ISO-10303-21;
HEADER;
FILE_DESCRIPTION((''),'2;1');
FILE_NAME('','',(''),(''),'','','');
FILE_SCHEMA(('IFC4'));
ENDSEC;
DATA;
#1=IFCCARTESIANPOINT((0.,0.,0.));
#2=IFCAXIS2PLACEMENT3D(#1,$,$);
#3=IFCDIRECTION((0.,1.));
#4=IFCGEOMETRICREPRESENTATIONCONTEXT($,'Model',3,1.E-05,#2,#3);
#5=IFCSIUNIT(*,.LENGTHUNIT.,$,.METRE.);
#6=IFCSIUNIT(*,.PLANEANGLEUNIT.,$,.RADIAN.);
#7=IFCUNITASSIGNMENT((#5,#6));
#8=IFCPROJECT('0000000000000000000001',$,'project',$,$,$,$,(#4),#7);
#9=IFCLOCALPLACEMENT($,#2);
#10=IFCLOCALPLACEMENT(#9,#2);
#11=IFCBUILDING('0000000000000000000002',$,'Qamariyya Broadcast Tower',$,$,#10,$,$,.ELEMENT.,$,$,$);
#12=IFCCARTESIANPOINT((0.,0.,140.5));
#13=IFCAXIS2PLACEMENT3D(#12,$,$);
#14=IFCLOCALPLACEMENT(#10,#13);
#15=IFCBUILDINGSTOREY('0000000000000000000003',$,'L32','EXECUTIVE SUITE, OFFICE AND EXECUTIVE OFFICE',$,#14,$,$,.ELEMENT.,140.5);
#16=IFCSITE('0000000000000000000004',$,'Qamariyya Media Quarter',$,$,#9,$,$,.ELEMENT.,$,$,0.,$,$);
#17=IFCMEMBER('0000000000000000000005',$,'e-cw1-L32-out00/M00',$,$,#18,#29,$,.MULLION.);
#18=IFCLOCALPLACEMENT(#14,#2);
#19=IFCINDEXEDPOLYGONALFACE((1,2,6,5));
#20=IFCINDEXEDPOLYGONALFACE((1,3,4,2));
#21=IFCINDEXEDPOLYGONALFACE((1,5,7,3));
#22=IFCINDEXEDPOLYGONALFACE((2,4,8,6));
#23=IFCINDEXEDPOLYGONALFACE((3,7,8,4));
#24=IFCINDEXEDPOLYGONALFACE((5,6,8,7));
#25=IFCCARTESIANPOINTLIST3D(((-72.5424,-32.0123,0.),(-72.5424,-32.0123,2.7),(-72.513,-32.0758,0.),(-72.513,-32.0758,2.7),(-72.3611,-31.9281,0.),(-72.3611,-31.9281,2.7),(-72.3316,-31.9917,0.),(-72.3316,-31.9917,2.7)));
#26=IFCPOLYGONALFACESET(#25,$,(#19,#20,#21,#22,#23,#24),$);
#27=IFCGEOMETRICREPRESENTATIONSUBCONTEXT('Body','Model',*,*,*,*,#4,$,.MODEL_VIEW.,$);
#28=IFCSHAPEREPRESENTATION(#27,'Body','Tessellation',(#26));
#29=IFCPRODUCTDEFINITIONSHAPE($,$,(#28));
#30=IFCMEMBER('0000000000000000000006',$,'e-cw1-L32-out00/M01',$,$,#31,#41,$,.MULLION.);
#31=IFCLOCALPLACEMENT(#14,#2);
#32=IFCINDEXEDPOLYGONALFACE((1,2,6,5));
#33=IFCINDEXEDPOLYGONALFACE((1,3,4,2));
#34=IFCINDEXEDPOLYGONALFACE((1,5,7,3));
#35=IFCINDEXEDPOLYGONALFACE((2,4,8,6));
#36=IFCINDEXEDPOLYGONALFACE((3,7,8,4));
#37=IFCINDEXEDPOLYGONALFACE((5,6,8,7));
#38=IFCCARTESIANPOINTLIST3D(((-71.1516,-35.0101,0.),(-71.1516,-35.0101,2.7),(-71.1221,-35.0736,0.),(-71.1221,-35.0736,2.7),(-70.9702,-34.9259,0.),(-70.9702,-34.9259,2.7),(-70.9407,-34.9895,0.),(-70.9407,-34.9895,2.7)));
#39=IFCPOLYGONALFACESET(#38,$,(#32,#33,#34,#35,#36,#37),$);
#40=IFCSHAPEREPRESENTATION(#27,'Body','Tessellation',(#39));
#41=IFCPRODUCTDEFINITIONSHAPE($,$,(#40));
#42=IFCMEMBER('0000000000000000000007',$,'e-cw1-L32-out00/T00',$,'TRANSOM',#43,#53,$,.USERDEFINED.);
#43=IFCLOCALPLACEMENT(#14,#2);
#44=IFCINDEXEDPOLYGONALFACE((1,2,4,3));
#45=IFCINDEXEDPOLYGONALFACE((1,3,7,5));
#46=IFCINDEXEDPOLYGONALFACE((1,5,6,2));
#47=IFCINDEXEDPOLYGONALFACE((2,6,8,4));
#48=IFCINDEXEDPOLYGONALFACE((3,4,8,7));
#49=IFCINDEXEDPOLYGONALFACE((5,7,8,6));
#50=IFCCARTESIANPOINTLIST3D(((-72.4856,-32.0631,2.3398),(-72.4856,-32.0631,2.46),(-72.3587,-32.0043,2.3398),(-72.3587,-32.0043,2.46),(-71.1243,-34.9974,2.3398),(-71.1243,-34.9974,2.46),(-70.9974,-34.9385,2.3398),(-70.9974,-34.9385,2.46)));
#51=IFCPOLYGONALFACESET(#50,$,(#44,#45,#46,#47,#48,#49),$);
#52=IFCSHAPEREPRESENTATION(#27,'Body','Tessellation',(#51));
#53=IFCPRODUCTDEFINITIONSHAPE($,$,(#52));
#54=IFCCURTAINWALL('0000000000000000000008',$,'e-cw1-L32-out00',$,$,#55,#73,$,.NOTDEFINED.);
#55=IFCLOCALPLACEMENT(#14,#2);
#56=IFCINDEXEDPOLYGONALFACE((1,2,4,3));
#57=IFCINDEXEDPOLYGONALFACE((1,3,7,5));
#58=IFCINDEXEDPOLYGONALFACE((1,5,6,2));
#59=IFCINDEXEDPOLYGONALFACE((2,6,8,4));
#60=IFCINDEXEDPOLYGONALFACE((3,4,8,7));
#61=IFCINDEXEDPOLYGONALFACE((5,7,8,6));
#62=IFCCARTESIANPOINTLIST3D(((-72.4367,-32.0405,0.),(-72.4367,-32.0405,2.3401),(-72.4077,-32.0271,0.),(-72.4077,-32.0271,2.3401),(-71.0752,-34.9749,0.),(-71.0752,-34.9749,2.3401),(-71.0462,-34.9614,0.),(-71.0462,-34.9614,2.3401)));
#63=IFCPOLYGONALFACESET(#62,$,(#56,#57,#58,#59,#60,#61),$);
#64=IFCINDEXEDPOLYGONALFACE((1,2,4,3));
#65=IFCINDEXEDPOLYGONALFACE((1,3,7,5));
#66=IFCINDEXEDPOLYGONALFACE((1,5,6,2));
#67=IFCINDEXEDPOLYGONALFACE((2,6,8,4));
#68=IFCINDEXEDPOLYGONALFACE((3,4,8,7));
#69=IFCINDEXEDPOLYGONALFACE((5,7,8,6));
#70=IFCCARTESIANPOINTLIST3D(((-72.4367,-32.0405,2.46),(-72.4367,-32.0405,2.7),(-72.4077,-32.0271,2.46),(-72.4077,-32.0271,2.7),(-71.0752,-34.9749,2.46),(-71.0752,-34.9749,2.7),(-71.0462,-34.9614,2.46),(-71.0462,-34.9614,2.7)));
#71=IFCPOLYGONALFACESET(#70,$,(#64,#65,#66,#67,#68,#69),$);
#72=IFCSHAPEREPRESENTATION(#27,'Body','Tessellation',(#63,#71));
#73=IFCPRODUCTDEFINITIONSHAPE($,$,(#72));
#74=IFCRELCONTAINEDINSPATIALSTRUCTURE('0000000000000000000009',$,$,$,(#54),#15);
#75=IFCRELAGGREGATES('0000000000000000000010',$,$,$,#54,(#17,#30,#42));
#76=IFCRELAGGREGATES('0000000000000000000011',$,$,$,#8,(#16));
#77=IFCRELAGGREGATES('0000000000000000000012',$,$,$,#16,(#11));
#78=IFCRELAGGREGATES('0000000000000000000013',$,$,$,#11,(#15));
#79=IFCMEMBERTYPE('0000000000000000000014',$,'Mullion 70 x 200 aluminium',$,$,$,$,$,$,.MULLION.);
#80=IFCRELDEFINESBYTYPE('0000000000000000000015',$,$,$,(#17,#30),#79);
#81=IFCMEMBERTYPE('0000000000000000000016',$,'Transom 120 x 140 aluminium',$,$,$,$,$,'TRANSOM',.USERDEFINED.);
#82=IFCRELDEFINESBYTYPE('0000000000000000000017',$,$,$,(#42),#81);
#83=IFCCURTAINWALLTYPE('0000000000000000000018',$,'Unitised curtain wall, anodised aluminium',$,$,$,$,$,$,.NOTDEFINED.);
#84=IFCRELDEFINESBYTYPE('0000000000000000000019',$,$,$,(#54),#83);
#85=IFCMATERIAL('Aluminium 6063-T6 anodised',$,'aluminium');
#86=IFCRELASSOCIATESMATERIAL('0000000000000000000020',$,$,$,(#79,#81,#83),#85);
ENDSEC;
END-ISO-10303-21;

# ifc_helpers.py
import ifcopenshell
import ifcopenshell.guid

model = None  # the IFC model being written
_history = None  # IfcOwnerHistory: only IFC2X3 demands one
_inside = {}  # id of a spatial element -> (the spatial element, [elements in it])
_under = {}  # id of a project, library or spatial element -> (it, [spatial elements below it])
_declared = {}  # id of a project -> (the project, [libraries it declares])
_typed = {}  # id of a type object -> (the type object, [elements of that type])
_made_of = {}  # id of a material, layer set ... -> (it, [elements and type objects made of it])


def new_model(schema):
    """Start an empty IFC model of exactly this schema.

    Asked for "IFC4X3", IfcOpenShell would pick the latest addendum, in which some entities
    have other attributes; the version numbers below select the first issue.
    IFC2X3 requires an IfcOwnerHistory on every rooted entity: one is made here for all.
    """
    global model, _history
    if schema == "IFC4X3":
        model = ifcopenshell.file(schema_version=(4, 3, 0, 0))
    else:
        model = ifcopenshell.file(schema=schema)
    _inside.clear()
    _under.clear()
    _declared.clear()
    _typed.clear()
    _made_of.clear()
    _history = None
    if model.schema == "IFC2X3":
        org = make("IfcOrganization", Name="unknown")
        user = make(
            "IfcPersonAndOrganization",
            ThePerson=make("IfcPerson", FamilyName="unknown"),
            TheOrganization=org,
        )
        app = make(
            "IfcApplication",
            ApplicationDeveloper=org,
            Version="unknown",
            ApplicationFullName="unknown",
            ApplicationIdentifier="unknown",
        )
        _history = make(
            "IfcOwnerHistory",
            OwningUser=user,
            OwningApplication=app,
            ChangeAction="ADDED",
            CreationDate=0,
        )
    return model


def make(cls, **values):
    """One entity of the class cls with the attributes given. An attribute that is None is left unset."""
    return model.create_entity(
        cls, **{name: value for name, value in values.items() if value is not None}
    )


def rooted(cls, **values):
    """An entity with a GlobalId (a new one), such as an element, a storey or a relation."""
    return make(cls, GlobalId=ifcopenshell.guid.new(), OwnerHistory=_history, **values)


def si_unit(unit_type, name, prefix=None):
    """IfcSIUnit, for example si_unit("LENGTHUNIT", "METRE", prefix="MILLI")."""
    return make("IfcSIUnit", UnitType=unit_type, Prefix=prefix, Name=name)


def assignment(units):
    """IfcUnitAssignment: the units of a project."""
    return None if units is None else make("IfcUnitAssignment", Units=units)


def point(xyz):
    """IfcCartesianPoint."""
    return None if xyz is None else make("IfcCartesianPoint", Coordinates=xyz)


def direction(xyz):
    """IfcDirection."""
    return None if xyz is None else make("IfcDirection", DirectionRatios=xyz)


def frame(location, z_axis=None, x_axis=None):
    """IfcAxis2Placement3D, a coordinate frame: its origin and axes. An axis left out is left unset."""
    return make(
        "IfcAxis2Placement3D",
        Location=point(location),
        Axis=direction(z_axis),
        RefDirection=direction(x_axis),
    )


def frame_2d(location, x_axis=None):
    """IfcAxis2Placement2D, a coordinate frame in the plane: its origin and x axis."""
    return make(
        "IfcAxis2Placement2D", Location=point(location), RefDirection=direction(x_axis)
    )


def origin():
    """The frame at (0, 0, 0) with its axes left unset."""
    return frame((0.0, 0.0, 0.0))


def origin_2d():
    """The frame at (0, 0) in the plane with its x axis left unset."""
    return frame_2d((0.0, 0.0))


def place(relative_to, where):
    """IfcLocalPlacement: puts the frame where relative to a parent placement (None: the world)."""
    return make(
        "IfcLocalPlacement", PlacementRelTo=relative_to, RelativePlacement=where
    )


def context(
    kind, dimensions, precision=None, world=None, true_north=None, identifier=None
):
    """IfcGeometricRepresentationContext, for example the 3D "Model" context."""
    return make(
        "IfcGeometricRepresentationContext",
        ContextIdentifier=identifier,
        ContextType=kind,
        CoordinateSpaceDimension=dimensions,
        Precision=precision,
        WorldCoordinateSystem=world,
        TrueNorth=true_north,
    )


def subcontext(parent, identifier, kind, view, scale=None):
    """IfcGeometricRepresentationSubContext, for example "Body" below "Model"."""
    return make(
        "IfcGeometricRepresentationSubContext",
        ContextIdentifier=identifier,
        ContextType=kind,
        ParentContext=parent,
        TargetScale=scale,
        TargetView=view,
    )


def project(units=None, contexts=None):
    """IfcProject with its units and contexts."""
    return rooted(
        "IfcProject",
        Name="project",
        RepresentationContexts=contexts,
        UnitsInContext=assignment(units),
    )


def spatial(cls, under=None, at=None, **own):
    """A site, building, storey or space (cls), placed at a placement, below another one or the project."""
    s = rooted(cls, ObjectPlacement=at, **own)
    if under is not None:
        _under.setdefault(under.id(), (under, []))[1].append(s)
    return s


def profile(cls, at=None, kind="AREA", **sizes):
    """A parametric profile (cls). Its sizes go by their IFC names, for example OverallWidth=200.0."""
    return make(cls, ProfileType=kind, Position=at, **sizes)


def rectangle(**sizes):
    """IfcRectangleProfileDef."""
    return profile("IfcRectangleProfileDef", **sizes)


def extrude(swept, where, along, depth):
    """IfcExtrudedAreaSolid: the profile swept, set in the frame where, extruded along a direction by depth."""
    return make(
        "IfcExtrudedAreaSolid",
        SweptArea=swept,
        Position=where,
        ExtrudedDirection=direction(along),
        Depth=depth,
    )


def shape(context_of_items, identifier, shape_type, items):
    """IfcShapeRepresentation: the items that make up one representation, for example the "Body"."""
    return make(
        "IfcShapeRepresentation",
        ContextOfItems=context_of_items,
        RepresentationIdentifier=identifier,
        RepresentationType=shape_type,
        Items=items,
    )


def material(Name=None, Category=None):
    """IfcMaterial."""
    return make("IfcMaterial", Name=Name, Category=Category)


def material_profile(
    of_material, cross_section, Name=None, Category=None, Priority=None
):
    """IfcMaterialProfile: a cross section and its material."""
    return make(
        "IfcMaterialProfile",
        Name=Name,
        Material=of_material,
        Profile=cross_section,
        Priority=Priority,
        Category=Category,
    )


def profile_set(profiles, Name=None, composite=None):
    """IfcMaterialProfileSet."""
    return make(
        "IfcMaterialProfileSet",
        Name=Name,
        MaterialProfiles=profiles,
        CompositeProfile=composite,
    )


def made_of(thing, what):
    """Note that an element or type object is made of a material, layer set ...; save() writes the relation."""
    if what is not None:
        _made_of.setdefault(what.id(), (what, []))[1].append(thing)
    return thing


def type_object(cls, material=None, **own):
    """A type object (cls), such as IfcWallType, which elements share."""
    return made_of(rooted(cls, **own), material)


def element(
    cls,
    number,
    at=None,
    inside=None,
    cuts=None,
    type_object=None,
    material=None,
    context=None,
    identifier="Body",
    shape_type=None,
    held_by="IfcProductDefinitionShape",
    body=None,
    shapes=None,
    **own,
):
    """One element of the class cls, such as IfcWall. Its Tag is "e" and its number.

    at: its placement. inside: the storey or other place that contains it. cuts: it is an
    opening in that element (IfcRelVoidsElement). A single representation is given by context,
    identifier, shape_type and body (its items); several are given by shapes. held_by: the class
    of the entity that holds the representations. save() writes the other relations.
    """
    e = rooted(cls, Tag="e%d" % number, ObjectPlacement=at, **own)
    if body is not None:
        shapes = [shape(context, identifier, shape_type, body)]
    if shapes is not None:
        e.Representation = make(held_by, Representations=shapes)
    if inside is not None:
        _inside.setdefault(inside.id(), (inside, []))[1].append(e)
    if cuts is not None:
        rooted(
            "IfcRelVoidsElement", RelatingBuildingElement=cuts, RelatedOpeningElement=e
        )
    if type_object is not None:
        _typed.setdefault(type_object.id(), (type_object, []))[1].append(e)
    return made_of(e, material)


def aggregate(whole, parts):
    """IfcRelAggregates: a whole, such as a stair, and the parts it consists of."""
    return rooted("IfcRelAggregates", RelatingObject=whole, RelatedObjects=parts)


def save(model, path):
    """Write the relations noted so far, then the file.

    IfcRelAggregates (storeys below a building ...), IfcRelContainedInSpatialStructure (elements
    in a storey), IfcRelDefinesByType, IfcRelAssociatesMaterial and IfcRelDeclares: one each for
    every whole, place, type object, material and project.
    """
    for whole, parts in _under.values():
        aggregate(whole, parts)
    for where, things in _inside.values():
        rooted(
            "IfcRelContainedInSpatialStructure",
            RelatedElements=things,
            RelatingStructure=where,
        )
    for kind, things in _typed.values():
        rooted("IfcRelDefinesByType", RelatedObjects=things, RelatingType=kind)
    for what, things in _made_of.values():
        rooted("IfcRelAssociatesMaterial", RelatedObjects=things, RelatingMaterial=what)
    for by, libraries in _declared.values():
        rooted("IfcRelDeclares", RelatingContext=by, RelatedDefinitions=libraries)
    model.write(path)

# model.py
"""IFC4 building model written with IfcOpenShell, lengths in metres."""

from ifc_helpers import new_model, si_unit, direction, frame, origin, origin_2d, place, context, subcontext, project, spatial, rectangle, extrude, material, material_profile, profile_set, type_object, element, aggregate, save


model = new_model("IFC4")

# Units and contexts
model_context = context("Model", 3, precision=1e-05, world=origin(), true_north=direction((0.0, 1.0)))
body_context = subcontext(model_context, "Body", "Model", "MODEL_VIEW")
ifc_project = project(units=[si_unit("LENGTHUNIT", "METRE"), si_unit("PLANEANGLEUNIT", "RADIAN")], contexts=[model_context])

# Members
ifc_material = material(Name="Aluminium 6063-T6 anodised", Category="aluminium")
ifc_material_profile_1 = material_profile(ifc_material, rectangle(XDim=0.2, YDim=0.0701, at=origin_2d()))
ifc_profile_set_1 = profile_set([ifc_material_profile_1], Name="Aluminium 6063-T6 anodised")
member_type_1 = type_object("IfcMemberType", Name="Mullion 70 x 200 aluminium", PredefinedType="MULLION", material=ifc_profile_set_1)
site_placement = place(None, origin())
building_placement = place(site_placement, origin())
storey_placement = place(building_placement, frame((0.0, 0.0, 140.5)))
member_1_placement = place(storey_placement, frame((-72.437, -32.002, 0.0), z_axis=(0.0, 0.0, 1.0), x_axis=(0.907105, 0.420904, 0.0)))
member_1 = element("IfcMember", 1, at=member_1_placement, type_object=member_type_1, Name="e-cw1-L32-out00/M00", PredefinedType="MULLION", context=body_context, shape_type="SweptSolid", body=[
    extrude(rectangle(XDim=0.2, YDim=0.0701, at=origin_2d()), origin(), (0.0, 0.0, 1.0), 2.7),
])
member_2_placement = place(storey_placement, frame((-71.0461, -34.9998, 0.0), z_axis=(0.0, 0.0, 1.0), x_axis=(0.907105, 0.420904, 0.0)))
member_2 = element("IfcMember", 2, at=member_2_placement, type_object=member_type_1, Name="e-cw1-L32-out00/M01", PredefinedType="MULLION", context=body_context, shape_type="SweptSolid", body=[
    extrude(rectangle(XDim=0.2, YDim=0.0701, at=origin_2d()), origin(), (0.0, 0.0, 1.0), 2.7),
])
ifc_material_profile_2 = material_profile(ifc_material, rectangle(XDim=0.1399, YDim=0.1201, at=origin_2d()))
ifc_profile_set_2 = profile_set([ifc_material_profile_2], Name="Aluminium 6063-T6 anodised")
member_type_2 = type_object("IfcMemberType", Name="Transom 120 x 140 aluminium", ElementType="TRANSOM", PredefinedType="USERDEFINED", material=ifc_profile_set_2)
member_3_placement = place(storey_placement, frame((-72.4221, -32.0337, 2.3999), z_axis=(0.420847, -0.907131, 0.0), x_axis=(0.907131, 0.420847, 0.0)))
member_3 = element("IfcMember", 3, at=member_3_placement, type_object=member_type_2, Name="e-cw1-L32-out00/T00", ObjectType="TRANSOM", PredefinedType="USERDEFINED", context=body_context, shape_type="SweptSolid", body=[
    extrude(rectangle(XDim=0.1399, YDim=0.1201, at=origin_2d()), origin(), (0.0, 0.0, 1.0), 3.2346),
])

# Site, building, storey
site = spatial("IfcSite", under=ifc_project, at=site_placement, Name="Qamariyya Media Quarter", CompositionType="ELEMENT", RefElevation=0.0)
building = spatial("IfcBuilding", under=site, at=building_placement, Name="Qamariyya Broadcast Tower", CompositionType="ELEMENT")
storey = spatial("IfcBuildingStorey", under=building, at=storey_placement, Name="L32", Description="EXECUTIVE SUITE, OFFICE AND EXECUTIVE OFFICE", CompositionType="ELEMENT", Elevation=140.5)

# Curtain wall
curtain_wall_type = type_object("IfcCurtainWallType", Name="Unitised curtain wall, anodised aluminium", PredefinedType="NOTDEFINED", material=ifc_material)
curtain_wall_1_placement = place(storey_placement, origin())
curtain_wall_1 = element("IfcCurtainWall", 4, at=curtain_wall_1_placement, inside=storey, type_object=curtain_wall_type, Name="e-cw1-L32-out00", PredefinedType="NOTDEFINED", context=body_context, shape_type="SweptSolid", body=[
    extrude(rectangle(XDim=3.2349, YDim=0.032, at=origin_2d()), frame((-71.7415, -33.501, 0.0), x_axis=(0.420892, -0.907111, 0.0)), (0.0, 0.0, 1.0), 2.3401),
    extrude(rectangle(XDim=3.2349, YDim=0.032, at=origin_2d()), frame((-71.7415, -33.501, 2.46), x_axis=(0.420892, -0.907111, 0.0)), (0.0, 0.0, 1.0), 0.24),
])
aggregate(curtain_wall_1, [member_1, member_2, member_3])

save(model, "model.ifc")
